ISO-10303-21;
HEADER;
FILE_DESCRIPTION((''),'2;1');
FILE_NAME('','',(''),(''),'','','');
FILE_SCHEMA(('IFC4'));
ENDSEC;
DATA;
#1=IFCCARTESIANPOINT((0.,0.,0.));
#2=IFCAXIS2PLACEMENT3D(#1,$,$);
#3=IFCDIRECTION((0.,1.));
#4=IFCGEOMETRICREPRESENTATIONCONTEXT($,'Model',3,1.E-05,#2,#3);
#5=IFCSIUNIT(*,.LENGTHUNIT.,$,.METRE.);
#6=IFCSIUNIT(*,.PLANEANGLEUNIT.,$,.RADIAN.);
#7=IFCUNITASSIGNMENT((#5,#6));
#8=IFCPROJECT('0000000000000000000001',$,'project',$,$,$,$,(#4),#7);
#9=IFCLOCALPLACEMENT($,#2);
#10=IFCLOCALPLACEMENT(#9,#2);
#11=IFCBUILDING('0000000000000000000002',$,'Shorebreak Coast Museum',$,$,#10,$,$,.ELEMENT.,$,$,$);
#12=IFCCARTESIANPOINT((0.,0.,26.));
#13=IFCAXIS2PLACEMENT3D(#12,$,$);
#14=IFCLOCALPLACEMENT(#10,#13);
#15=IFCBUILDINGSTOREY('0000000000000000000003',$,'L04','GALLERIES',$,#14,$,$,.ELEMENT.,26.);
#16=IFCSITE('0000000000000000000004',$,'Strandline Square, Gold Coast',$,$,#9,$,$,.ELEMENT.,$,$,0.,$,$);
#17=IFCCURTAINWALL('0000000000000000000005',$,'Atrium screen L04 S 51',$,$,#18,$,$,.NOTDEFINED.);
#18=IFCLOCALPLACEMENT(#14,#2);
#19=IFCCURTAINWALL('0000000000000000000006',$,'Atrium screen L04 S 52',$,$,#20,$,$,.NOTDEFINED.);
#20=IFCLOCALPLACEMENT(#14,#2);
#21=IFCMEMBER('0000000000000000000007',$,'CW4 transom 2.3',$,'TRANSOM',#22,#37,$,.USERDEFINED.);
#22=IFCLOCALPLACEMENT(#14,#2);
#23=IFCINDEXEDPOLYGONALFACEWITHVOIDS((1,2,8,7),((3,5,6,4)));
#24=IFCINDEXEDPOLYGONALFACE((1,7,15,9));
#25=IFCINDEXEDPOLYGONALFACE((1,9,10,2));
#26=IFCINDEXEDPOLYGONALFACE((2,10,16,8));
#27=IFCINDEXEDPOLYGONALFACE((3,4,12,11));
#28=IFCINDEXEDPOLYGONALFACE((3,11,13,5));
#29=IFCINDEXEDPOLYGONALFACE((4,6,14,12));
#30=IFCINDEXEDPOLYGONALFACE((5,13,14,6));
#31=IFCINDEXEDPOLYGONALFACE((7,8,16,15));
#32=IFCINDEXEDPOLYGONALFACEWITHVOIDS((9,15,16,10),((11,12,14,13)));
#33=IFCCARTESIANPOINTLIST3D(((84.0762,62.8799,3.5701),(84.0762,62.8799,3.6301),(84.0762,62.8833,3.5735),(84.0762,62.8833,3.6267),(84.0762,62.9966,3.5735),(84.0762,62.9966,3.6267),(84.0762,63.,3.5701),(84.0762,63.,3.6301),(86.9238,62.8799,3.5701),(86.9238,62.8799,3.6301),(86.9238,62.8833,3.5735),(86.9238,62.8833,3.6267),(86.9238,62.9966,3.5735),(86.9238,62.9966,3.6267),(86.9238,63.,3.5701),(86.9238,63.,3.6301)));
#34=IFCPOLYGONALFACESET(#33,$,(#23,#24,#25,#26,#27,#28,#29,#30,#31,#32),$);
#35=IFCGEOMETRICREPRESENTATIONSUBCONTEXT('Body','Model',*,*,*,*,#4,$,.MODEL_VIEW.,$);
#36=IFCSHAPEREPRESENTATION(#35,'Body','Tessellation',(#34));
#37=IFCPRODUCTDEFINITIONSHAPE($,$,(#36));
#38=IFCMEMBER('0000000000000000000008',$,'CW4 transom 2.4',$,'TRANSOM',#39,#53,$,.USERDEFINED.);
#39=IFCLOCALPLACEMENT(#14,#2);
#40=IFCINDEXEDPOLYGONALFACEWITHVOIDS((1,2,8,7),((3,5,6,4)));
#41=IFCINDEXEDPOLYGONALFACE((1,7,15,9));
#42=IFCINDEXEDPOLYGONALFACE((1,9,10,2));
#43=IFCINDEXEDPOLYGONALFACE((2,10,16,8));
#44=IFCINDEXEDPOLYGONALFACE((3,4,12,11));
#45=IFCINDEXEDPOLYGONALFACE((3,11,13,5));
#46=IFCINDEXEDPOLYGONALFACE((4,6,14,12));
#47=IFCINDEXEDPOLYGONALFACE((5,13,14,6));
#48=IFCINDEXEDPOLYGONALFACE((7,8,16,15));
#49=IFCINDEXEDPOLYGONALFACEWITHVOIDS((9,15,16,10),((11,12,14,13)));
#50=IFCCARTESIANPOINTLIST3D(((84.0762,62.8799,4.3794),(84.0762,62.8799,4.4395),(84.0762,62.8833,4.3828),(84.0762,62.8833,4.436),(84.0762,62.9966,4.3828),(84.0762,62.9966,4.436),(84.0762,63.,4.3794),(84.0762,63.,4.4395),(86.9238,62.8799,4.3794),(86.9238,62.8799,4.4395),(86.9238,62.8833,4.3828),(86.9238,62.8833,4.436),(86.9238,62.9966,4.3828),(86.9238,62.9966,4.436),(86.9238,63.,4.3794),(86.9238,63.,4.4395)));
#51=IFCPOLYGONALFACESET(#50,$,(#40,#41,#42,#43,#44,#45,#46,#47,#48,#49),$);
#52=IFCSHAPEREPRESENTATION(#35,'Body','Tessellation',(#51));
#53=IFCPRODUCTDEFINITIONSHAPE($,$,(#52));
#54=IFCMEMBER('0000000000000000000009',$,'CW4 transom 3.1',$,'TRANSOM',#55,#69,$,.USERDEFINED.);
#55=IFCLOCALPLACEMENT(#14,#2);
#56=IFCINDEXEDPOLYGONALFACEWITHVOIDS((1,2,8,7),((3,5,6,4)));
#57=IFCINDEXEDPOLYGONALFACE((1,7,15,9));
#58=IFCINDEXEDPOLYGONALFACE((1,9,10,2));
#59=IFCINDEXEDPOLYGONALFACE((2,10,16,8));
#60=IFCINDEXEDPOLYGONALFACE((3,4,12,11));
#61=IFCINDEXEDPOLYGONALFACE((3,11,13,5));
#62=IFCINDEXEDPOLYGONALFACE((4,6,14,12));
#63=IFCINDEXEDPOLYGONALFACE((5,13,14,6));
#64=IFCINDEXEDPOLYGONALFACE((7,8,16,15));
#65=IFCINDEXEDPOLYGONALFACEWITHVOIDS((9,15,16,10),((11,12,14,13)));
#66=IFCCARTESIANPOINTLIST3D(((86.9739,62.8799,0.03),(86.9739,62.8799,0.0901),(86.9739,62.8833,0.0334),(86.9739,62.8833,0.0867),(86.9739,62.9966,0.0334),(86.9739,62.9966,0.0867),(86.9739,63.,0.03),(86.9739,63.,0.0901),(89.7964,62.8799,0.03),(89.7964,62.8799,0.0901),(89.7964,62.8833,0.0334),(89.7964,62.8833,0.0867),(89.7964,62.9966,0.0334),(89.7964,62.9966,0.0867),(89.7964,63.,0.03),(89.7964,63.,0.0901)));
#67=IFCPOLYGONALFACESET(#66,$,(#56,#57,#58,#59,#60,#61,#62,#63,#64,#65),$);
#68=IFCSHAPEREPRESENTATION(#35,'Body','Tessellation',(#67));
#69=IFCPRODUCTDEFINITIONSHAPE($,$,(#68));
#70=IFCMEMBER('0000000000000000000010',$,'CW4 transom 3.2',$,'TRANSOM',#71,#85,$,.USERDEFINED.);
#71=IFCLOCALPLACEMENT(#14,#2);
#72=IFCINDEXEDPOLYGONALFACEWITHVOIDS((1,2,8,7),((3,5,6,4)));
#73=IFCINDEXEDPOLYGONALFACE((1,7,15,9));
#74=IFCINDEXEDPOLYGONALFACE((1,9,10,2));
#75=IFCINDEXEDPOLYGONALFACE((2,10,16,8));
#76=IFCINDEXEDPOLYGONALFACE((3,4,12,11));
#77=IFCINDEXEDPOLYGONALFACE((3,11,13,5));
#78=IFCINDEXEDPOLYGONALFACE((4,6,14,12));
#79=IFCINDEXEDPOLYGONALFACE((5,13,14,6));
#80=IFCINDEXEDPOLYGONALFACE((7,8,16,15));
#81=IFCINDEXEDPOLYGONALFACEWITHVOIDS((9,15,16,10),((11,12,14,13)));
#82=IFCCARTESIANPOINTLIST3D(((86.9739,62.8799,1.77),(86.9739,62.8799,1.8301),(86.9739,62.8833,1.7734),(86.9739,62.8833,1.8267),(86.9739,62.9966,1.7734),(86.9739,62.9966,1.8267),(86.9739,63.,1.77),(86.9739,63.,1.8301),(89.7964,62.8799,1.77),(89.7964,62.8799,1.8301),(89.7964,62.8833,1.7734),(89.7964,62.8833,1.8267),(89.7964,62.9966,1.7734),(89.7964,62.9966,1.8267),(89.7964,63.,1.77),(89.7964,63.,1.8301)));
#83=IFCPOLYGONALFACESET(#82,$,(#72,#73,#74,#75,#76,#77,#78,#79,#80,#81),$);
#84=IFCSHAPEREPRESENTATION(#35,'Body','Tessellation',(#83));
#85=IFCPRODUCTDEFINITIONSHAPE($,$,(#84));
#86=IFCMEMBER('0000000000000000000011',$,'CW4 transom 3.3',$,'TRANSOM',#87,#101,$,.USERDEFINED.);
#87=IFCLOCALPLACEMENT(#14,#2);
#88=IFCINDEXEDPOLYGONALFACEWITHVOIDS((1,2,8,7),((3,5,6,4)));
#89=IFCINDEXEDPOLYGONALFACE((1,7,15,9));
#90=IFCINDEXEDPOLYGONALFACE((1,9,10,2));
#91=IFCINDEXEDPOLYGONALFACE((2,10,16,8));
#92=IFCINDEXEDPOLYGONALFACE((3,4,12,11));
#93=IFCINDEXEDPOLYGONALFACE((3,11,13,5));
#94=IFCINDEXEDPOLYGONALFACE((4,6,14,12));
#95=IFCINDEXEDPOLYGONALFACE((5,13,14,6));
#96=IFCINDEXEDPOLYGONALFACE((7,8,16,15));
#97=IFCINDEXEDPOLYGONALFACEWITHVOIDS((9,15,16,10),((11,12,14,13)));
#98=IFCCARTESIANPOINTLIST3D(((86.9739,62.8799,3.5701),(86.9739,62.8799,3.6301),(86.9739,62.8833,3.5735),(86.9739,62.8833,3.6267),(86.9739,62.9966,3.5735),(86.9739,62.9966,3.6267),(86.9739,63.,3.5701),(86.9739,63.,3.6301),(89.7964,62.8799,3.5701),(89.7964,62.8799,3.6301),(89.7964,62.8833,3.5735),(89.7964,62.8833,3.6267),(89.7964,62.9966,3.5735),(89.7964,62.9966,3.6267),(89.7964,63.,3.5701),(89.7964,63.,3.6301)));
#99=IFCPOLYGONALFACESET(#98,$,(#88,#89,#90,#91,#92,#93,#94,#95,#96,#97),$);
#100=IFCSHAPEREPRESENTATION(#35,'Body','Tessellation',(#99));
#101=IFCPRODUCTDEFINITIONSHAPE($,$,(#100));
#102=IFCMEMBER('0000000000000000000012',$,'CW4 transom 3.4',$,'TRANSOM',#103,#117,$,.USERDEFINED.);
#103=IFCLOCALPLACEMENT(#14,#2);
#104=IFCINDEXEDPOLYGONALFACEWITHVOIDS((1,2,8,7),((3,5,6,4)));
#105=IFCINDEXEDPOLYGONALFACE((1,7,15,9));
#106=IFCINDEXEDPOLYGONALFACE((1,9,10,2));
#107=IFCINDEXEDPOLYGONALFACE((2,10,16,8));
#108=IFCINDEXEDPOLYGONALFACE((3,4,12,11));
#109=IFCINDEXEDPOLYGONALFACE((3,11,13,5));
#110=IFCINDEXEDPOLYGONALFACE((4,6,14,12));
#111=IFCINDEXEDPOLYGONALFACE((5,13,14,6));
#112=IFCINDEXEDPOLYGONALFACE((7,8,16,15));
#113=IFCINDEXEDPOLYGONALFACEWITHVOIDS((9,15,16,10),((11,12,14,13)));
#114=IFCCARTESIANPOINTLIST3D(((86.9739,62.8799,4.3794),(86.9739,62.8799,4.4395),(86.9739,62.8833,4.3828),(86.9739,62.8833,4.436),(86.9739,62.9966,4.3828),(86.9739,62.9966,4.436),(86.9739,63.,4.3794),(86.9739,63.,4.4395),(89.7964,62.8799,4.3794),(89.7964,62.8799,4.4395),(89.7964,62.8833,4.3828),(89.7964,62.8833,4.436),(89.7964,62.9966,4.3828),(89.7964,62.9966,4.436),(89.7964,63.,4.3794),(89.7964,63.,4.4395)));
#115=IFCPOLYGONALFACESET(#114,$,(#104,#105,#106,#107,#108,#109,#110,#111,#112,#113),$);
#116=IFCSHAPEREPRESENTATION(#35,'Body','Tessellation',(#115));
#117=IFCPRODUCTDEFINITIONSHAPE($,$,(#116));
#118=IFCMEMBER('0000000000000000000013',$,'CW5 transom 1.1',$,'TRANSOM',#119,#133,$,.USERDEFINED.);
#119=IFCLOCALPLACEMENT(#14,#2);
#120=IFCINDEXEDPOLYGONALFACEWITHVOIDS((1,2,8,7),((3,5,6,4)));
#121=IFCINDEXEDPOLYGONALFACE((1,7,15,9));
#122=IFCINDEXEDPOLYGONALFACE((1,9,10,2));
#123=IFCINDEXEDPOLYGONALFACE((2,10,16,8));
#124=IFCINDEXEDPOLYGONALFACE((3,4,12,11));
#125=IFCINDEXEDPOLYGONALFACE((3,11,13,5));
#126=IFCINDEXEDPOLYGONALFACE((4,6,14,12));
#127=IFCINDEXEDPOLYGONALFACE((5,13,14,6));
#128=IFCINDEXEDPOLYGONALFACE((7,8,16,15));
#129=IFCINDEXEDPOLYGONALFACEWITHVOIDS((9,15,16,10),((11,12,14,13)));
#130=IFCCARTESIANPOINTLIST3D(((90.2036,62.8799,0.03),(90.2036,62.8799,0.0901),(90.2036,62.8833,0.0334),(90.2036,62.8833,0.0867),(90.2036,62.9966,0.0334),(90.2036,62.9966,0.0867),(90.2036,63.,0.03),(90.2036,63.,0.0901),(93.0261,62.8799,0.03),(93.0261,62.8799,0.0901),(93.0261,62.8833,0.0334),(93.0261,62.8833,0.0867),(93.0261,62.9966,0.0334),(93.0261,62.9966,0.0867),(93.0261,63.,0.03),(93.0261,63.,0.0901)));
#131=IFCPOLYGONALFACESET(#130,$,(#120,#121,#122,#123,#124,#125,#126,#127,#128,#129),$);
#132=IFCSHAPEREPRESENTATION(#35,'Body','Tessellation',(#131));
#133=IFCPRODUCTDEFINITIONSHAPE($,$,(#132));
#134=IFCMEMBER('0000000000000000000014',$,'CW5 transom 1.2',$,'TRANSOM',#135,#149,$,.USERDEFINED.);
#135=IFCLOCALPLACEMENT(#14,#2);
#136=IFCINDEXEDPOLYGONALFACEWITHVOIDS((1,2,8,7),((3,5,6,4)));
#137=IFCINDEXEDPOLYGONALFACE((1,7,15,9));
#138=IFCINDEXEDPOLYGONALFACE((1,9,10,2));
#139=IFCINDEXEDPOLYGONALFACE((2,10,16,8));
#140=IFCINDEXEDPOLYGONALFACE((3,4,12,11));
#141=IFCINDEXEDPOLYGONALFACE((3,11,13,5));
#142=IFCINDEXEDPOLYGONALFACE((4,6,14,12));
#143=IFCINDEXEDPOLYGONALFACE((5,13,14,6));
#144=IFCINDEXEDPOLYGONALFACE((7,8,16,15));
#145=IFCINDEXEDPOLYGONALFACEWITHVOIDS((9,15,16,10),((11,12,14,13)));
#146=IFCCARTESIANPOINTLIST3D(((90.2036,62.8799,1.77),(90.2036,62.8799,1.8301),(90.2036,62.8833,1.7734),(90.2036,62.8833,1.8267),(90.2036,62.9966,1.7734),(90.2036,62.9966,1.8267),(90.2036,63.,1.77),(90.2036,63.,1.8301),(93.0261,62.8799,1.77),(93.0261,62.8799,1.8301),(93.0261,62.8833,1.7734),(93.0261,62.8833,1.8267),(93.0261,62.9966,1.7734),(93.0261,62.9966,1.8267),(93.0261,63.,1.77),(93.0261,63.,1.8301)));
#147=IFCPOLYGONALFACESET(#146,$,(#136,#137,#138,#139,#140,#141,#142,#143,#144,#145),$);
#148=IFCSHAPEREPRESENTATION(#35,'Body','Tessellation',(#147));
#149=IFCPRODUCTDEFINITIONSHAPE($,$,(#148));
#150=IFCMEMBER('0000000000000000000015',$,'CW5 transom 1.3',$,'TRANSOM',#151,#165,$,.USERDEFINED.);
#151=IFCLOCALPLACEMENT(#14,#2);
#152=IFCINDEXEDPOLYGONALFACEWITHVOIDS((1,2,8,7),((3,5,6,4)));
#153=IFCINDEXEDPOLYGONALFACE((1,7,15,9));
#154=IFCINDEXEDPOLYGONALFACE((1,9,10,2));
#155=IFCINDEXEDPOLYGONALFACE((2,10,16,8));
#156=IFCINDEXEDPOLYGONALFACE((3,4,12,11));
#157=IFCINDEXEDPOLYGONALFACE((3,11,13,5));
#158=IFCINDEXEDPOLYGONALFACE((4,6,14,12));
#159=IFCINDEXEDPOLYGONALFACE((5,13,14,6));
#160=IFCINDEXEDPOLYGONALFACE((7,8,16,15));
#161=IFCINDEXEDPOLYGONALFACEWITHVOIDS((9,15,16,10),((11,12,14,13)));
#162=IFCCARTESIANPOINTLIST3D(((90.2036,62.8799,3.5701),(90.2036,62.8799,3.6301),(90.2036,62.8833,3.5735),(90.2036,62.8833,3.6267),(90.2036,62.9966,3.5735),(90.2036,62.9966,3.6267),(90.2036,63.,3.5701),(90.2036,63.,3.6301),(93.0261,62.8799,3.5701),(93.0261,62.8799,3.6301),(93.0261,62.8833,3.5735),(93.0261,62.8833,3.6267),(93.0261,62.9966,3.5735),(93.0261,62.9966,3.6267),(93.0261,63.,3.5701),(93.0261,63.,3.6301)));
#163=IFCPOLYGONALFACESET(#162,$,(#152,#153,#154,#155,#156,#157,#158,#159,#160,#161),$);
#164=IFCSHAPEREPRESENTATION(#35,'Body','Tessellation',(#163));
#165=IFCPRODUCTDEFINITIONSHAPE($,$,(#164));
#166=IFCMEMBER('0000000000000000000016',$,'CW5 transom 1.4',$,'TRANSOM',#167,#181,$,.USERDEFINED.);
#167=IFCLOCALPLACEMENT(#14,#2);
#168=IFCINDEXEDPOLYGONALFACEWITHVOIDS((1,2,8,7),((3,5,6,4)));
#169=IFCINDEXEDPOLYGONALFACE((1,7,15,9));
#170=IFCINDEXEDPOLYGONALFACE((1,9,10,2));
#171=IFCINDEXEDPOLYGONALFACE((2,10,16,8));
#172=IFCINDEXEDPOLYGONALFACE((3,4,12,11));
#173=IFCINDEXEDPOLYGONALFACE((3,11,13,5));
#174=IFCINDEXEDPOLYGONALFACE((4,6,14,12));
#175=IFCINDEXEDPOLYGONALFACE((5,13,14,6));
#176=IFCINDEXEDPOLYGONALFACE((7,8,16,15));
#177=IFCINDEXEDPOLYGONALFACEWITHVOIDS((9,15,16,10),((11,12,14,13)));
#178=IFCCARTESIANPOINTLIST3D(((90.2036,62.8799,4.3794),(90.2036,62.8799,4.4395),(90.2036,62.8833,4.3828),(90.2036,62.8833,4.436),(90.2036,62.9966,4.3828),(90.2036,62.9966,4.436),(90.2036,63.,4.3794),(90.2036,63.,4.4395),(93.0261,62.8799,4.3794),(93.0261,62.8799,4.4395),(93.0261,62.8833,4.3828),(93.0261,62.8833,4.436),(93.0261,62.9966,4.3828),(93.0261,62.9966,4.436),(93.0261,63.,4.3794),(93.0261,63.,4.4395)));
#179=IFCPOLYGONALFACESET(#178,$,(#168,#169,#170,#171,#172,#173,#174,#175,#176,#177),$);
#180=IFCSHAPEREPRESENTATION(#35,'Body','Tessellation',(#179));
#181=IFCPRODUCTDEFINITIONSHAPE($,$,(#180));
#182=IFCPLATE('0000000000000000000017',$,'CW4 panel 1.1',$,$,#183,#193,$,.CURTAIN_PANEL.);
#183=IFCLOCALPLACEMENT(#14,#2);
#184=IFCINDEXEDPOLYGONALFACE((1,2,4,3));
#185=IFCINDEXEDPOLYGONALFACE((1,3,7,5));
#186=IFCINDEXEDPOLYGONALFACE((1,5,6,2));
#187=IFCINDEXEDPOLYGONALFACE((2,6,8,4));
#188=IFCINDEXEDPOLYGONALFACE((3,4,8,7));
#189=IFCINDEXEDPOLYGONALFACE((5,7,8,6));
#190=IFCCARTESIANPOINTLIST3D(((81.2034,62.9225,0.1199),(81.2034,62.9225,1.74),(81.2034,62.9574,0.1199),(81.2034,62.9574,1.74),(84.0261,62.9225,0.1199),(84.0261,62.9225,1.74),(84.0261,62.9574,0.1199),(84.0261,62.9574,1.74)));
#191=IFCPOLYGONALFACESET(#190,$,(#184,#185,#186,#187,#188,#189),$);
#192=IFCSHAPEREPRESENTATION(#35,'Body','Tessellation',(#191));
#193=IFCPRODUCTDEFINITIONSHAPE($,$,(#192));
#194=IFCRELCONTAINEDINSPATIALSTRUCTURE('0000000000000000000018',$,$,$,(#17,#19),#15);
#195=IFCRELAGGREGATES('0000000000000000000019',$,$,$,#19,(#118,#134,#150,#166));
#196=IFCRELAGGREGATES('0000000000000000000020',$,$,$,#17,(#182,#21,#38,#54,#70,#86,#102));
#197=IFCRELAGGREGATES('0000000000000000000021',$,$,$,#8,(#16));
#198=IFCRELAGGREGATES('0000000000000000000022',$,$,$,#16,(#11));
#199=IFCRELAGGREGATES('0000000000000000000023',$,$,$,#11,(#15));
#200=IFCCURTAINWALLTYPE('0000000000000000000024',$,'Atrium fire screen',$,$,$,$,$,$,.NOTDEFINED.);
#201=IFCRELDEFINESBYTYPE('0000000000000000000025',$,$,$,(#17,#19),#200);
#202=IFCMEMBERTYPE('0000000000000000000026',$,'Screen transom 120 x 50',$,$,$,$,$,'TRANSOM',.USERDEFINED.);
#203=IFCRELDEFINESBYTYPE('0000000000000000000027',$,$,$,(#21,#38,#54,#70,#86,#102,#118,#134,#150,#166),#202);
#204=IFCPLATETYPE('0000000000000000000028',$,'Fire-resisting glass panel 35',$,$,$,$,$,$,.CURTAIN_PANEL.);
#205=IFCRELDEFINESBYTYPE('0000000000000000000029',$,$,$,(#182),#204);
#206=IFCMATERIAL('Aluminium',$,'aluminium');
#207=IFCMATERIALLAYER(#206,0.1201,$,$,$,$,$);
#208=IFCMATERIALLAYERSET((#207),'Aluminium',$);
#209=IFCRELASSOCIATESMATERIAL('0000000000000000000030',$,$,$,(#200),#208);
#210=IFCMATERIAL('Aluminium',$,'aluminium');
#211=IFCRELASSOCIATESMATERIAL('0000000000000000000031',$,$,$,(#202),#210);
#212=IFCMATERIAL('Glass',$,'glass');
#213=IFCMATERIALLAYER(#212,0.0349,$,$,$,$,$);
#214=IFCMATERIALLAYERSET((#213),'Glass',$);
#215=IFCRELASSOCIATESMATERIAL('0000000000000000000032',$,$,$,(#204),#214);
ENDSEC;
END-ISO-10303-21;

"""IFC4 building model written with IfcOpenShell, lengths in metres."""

from ifc_helpers import new_model, si_unit, direction, frame, origin, origin_2d, place, context, subcontext, project, spatial, rectangle, hollow_rectangle, extrude, material, layer, layer_set, material_profile, profile_set, type_object, element, aggregate, save


model = new_model("IFC4")

# Units and contexts
model_context = context("Model", 3, precision=1e-05, world=origin(), true_north=direction((0.0, 1.0)))
body_context = subcontext(model_context, "Body", "Model", "MODEL_VIEW")
ifc_project = project(units=[si_unit("LENGTHUNIT", "METRE"), si_unit("PLANEANGLEUNIT", "RADIAN")], contexts=[model_context])

# Site, building, storey
site_placement = place(None, origin())
site = spatial("IfcSite", under=ifc_project, at=site_placement, Name="Strandline Square, Gold Coast", CompositionType="ELEMENT", RefElevation=0.0)
building_placement = place(site_placement, origin())
building = spatial("IfcBuilding", under=site, at=building_placement, Name="Shorebreak Coast Museum", CompositionType="ELEMENT")
storey_placement = place(building_placement, frame((0.0, 0.0, 26.0)))
storey = spatial("IfcBuildingStorey", under=building, at=storey_placement, Name="L04", Description="GALLERIES", CompositionType="ELEMENT", Elevation=26.0)

# Curtain wall
ifc_material_1 = material(Name="Aluminium", Category="aluminium")
ifc_layer_1 = layer(ifc_material_1, 0.1201)
ifc_layer_set_1 = layer_set([ifc_layer_1], Name="Aluminium")
curtain_wall_type = type_object("IfcCurtainWallType", Name="Atrium fire screen", PredefinedType="NOTDEFINED", material=ifc_layer_set_1)
curtain_wall_1_placement = place(storey_placement, origin())
curtain_wall_1 = element("IfcCurtainWall", 1, at=curtain_wall_1_placement, inside=storey, type_object=curtain_wall_type, Name="Atrium screen L04 S 51", PredefinedType="NOTDEFINED")

# Curtain wall
curtain_wall_2_placement = place(storey_placement, origin())
curtain_wall_2 = element("IfcCurtainWall", 2, at=curtain_wall_2_placement, inside=storey, type_object=curtain_wall_type, Name="Atrium screen L04 S 52", PredefinedType="NOTDEFINED")

# Members
ifc_material_2 = material(Name="Aluminium", Category="aluminium")
ifc_material_profile_1 = material_profile(ifc_material_2, hollow_rectangle(XDim=0.1201, YDim=0.0601, WallThickness=0.0034, at=origin_2d()), Name="AL 60x120 RHS")
ifc_profile_set_1 = profile_set([ifc_material_profile_1], Name="Aluminium")
member_type_1 = type_object("IfcMemberType", Name="Screen transom 120 x 50", ElementType="TRANSOM", PredefinedType="USERDEFINED", material=ifc_profile_set_1)
member_1_placement = place(storey_placement, frame((84.0762, 62.9399, 3.6001), z_axis=(1.0, 0.0, 0.0), x_axis=(0.0, 1.0, 0.0)))
member_1 = element("IfcMember", 3, at=member_1_placement, type_object=member_type_1, Name="CW4 transom 2.3", ObjectType="TRANSOM", PredefinedType="USERDEFINED", context=body_context, shape_type="SweptSolid", body=[
    extrude(hollow_rectangle(XDim=0.1201, YDim=0.0601, WallThickness=0.0034, at=origin_2d()), origin(), (0.0, 0.0, 1.0), 2.8477),
])
member_2_placement = place(storey_placement, frame((84.0762, 62.9399, 4.4094), z_axis=(1.0, 0.0, 0.0), x_axis=(0.0, 1.0, 0.0)))
member_2 = element("IfcMember", 4, at=member_2_placement, type_object=member_type_1, Name="CW4 transom 2.4", ObjectType="TRANSOM", PredefinedType="USERDEFINED", context=body_context, shape_type="SweptSolid", body=[
    extrude(hollow_rectangle(XDim=0.1201, YDim=0.0601, WallThickness=0.0034, at=origin_2d()), origin(), (0.0, 0.0, 1.0), 2.8477),
])
member_3_placement = place(storey_placement, frame((86.9739, 62.9399, 0.0601), z_axis=(1.0, 0.0, 0.0), x_axis=(0.0, 1.0, 0.0)))
member_3 = element("IfcMember", 5, at=member_3_placement, type_object=member_type_1, Name="CW4 transom 3.1", ObjectType="TRANSOM", PredefinedType="USERDEFINED", context=body_context, shape_type="SweptSolid", body=[
    extrude(hollow_rectangle(XDim=0.1201, YDim=0.0601, WallThickness=0.0034, at=origin_2d()), origin(), (0.0, 0.0, 1.0), 2.8225),
])
member_4_placement = place(storey_placement, frame((86.9739, 62.9399, 1.8), z_axis=(1.0, 0.0, 0.0), x_axis=(0.0, 1.0, 0.0)))
member_4 = element("IfcMember", 6, at=member_4_placement, type_object=member_type_1, Name="CW4 transom 3.2", ObjectType="TRANSOM", PredefinedType="USERDEFINED", context=body_context, shape_type="SweptSolid", body=[
    extrude(hollow_rectangle(XDim=0.1201, YDim=0.0601, WallThickness=0.0034, at=origin_2d()), origin(), (0.0, 0.0, 1.0), 2.8225),
])
member_5_placement = place(storey_placement, frame((86.9739, 62.9399, 3.6001), z_axis=(1.0, 0.0, 0.0), x_axis=(0.0, 1.0, 0.0)))
member_5 = element("IfcMember", 7, at=member_5_placement, type_object=member_type_1, Name="CW4 transom 3.3", ObjectType="TRANSOM", PredefinedType="USERDEFINED", context=body_context, shape_type="SweptSolid", body=[
    extrude(hollow_rectangle(XDim=0.1201, YDim=0.0601, WallThickness=0.0034, at=origin_2d()), origin(), (0.0, 0.0, 1.0), 2.8225),
])
member_6_placement = place(storey_placement, frame((86.9739, 62.9399, 4.4094), z_axis=(1.0, 0.0, 0.0), x_axis=(0.0, 1.0, 0.0)))
member_6 = element("IfcMember", 8, at=member_6_placement, type_object=member_type_1, Name="CW4 transom 3.4", ObjectType="TRANSOM", PredefinedType="USERDEFINED", context=body_context, shape_type="SweptSolid", body=[
    extrude(hollow_rectangle(XDim=0.1201, YDim=0.0601, WallThickness=0.0034, at=origin_2d()), origin(), (0.0, 0.0, 1.0), 2.8225),
])
member_7_placement = place(storey_placement, frame((90.2036, 62.9399, 0.0601), z_axis=(1.0, 0.0, 0.0), x_axis=(0.0, 1.0, 0.0)))
member_7 = element("IfcMember", 9, at=member_7_placement, type_object=member_type_1, Name="CW5 transom 1.1", ObjectType="TRANSOM", PredefinedType="USERDEFINED", context=body_context, shape_type="SweptSolid", body=[
    extrude(hollow_rectangle(XDim=0.1201, YDim=0.0601, WallThickness=0.0034, at=origin_2d()), origin(), (0.0, 0.0, 1.0), 2.8225),
])
member_8_placement = place(storey_placement, frame((90.2036, 62.9399, 1.8), z_axis=(1.0, 0.0, 0.0), x_axis=(0.0, 1.0, 0.0)))
member_8 = element("IfcMember", 10, at=member_8_placement, type_object=member_type_1, Name="CW5 transom 1.2", ObjectType="TRANSOM", PredefinedType="USERDEFINED", context=body_context, shape_type="SweptSolid", body=[
    extrude(hollow_rectangle(XDim=0.1201, YDim=0.0601, WallThickness=0.0034, at=origin_2d()), origin(), (0.0, 0.0, 1.0), 2.8225),
])
member_9_placement = place(storey_placement, frame((90.2036, 62.9399, 3.6001), z_axis=(1.0, 0.0, 0.0), x_axis=(0.0, 1.0, 0.0)))
member_9 = element("IfcMember", 11, at=member_9_placement, type_object=member_type_1, Name="CW5 transom 1.3", ObjectType="TRANSOM", PredefinedType="USERDEFINED", context=body_context, shape_type="SweptSolid", body=[
    extrude(hollow_rectangle(XDim=0.1201, YDim=0.0601, WallThickness=0.0034, at=origin_2d()), origin(), (0.0, 0.0, 1.0), 2.8225),
])
member_10_placement = place(storey_placement, frame((90.2036, 62.9399, 4.4094), z_axis=(1.0, 0.0, 0.0), x_axis=(0.0, 1.0, 0.0)))
member_10 = element("IfcMember", 12, at=member_10_placement, type_object=member_type_1, Name="CW5 transom 1.4", ObjectType="TRANSOM", PredefinedType="USERDEFINED", context=body_context, shape_type="SweptSolid", body=[
    extrude(hollow_rectangle(XDim=0.1201, YDim=0.0601, WallThickness=0.0034, at=origin_2d()), origin(), (0.0, 0.0, 1.0), 2.8225),
])
aggregate(curtain_wall_2, [member_7, member_8, member_9, member_10])

# Plate
ifc_material_3 = material(Name="Glass", Category="glass")
ifc_layer_2 = layer(ifc_material_3, 0.0349)
ifc_layer_set_2 = layer_set([ifc_layer_2], Name="Glass")
plate_type = type_object("IfcPlateType", Name="Fire-resisting glass panel 35", PredefinedType="CURTAIN_PANEL", material=ifc_layer_set_2)
plate_1_placement = place(storey_placement, frame((82.6147, 62.9399, 0.1199), z_axis=(0.0, 0.0, 1.0), x_axis=(1.0, 0.0, 0.0)))
plate_1 = element("IfcPlate", 13, at=plate_1_placement, type_object=plate_type, Name="CW4 panel 1.1", PredefinedType="CURTAIN_PANEL", context=body_context, shape_type="SweptSolid", body=[
    extrude(rectangle(XDim=2.8228, YDim=0.0349, at=origin_2d()), origin(), (0.0, 0.0, 1.0), 1.6201),
])
aggregate(curtain_wall_1, [plate_1, member_1, member_2, member_3, member_4, member_5, member_6])

save(model, "model.ifc")
